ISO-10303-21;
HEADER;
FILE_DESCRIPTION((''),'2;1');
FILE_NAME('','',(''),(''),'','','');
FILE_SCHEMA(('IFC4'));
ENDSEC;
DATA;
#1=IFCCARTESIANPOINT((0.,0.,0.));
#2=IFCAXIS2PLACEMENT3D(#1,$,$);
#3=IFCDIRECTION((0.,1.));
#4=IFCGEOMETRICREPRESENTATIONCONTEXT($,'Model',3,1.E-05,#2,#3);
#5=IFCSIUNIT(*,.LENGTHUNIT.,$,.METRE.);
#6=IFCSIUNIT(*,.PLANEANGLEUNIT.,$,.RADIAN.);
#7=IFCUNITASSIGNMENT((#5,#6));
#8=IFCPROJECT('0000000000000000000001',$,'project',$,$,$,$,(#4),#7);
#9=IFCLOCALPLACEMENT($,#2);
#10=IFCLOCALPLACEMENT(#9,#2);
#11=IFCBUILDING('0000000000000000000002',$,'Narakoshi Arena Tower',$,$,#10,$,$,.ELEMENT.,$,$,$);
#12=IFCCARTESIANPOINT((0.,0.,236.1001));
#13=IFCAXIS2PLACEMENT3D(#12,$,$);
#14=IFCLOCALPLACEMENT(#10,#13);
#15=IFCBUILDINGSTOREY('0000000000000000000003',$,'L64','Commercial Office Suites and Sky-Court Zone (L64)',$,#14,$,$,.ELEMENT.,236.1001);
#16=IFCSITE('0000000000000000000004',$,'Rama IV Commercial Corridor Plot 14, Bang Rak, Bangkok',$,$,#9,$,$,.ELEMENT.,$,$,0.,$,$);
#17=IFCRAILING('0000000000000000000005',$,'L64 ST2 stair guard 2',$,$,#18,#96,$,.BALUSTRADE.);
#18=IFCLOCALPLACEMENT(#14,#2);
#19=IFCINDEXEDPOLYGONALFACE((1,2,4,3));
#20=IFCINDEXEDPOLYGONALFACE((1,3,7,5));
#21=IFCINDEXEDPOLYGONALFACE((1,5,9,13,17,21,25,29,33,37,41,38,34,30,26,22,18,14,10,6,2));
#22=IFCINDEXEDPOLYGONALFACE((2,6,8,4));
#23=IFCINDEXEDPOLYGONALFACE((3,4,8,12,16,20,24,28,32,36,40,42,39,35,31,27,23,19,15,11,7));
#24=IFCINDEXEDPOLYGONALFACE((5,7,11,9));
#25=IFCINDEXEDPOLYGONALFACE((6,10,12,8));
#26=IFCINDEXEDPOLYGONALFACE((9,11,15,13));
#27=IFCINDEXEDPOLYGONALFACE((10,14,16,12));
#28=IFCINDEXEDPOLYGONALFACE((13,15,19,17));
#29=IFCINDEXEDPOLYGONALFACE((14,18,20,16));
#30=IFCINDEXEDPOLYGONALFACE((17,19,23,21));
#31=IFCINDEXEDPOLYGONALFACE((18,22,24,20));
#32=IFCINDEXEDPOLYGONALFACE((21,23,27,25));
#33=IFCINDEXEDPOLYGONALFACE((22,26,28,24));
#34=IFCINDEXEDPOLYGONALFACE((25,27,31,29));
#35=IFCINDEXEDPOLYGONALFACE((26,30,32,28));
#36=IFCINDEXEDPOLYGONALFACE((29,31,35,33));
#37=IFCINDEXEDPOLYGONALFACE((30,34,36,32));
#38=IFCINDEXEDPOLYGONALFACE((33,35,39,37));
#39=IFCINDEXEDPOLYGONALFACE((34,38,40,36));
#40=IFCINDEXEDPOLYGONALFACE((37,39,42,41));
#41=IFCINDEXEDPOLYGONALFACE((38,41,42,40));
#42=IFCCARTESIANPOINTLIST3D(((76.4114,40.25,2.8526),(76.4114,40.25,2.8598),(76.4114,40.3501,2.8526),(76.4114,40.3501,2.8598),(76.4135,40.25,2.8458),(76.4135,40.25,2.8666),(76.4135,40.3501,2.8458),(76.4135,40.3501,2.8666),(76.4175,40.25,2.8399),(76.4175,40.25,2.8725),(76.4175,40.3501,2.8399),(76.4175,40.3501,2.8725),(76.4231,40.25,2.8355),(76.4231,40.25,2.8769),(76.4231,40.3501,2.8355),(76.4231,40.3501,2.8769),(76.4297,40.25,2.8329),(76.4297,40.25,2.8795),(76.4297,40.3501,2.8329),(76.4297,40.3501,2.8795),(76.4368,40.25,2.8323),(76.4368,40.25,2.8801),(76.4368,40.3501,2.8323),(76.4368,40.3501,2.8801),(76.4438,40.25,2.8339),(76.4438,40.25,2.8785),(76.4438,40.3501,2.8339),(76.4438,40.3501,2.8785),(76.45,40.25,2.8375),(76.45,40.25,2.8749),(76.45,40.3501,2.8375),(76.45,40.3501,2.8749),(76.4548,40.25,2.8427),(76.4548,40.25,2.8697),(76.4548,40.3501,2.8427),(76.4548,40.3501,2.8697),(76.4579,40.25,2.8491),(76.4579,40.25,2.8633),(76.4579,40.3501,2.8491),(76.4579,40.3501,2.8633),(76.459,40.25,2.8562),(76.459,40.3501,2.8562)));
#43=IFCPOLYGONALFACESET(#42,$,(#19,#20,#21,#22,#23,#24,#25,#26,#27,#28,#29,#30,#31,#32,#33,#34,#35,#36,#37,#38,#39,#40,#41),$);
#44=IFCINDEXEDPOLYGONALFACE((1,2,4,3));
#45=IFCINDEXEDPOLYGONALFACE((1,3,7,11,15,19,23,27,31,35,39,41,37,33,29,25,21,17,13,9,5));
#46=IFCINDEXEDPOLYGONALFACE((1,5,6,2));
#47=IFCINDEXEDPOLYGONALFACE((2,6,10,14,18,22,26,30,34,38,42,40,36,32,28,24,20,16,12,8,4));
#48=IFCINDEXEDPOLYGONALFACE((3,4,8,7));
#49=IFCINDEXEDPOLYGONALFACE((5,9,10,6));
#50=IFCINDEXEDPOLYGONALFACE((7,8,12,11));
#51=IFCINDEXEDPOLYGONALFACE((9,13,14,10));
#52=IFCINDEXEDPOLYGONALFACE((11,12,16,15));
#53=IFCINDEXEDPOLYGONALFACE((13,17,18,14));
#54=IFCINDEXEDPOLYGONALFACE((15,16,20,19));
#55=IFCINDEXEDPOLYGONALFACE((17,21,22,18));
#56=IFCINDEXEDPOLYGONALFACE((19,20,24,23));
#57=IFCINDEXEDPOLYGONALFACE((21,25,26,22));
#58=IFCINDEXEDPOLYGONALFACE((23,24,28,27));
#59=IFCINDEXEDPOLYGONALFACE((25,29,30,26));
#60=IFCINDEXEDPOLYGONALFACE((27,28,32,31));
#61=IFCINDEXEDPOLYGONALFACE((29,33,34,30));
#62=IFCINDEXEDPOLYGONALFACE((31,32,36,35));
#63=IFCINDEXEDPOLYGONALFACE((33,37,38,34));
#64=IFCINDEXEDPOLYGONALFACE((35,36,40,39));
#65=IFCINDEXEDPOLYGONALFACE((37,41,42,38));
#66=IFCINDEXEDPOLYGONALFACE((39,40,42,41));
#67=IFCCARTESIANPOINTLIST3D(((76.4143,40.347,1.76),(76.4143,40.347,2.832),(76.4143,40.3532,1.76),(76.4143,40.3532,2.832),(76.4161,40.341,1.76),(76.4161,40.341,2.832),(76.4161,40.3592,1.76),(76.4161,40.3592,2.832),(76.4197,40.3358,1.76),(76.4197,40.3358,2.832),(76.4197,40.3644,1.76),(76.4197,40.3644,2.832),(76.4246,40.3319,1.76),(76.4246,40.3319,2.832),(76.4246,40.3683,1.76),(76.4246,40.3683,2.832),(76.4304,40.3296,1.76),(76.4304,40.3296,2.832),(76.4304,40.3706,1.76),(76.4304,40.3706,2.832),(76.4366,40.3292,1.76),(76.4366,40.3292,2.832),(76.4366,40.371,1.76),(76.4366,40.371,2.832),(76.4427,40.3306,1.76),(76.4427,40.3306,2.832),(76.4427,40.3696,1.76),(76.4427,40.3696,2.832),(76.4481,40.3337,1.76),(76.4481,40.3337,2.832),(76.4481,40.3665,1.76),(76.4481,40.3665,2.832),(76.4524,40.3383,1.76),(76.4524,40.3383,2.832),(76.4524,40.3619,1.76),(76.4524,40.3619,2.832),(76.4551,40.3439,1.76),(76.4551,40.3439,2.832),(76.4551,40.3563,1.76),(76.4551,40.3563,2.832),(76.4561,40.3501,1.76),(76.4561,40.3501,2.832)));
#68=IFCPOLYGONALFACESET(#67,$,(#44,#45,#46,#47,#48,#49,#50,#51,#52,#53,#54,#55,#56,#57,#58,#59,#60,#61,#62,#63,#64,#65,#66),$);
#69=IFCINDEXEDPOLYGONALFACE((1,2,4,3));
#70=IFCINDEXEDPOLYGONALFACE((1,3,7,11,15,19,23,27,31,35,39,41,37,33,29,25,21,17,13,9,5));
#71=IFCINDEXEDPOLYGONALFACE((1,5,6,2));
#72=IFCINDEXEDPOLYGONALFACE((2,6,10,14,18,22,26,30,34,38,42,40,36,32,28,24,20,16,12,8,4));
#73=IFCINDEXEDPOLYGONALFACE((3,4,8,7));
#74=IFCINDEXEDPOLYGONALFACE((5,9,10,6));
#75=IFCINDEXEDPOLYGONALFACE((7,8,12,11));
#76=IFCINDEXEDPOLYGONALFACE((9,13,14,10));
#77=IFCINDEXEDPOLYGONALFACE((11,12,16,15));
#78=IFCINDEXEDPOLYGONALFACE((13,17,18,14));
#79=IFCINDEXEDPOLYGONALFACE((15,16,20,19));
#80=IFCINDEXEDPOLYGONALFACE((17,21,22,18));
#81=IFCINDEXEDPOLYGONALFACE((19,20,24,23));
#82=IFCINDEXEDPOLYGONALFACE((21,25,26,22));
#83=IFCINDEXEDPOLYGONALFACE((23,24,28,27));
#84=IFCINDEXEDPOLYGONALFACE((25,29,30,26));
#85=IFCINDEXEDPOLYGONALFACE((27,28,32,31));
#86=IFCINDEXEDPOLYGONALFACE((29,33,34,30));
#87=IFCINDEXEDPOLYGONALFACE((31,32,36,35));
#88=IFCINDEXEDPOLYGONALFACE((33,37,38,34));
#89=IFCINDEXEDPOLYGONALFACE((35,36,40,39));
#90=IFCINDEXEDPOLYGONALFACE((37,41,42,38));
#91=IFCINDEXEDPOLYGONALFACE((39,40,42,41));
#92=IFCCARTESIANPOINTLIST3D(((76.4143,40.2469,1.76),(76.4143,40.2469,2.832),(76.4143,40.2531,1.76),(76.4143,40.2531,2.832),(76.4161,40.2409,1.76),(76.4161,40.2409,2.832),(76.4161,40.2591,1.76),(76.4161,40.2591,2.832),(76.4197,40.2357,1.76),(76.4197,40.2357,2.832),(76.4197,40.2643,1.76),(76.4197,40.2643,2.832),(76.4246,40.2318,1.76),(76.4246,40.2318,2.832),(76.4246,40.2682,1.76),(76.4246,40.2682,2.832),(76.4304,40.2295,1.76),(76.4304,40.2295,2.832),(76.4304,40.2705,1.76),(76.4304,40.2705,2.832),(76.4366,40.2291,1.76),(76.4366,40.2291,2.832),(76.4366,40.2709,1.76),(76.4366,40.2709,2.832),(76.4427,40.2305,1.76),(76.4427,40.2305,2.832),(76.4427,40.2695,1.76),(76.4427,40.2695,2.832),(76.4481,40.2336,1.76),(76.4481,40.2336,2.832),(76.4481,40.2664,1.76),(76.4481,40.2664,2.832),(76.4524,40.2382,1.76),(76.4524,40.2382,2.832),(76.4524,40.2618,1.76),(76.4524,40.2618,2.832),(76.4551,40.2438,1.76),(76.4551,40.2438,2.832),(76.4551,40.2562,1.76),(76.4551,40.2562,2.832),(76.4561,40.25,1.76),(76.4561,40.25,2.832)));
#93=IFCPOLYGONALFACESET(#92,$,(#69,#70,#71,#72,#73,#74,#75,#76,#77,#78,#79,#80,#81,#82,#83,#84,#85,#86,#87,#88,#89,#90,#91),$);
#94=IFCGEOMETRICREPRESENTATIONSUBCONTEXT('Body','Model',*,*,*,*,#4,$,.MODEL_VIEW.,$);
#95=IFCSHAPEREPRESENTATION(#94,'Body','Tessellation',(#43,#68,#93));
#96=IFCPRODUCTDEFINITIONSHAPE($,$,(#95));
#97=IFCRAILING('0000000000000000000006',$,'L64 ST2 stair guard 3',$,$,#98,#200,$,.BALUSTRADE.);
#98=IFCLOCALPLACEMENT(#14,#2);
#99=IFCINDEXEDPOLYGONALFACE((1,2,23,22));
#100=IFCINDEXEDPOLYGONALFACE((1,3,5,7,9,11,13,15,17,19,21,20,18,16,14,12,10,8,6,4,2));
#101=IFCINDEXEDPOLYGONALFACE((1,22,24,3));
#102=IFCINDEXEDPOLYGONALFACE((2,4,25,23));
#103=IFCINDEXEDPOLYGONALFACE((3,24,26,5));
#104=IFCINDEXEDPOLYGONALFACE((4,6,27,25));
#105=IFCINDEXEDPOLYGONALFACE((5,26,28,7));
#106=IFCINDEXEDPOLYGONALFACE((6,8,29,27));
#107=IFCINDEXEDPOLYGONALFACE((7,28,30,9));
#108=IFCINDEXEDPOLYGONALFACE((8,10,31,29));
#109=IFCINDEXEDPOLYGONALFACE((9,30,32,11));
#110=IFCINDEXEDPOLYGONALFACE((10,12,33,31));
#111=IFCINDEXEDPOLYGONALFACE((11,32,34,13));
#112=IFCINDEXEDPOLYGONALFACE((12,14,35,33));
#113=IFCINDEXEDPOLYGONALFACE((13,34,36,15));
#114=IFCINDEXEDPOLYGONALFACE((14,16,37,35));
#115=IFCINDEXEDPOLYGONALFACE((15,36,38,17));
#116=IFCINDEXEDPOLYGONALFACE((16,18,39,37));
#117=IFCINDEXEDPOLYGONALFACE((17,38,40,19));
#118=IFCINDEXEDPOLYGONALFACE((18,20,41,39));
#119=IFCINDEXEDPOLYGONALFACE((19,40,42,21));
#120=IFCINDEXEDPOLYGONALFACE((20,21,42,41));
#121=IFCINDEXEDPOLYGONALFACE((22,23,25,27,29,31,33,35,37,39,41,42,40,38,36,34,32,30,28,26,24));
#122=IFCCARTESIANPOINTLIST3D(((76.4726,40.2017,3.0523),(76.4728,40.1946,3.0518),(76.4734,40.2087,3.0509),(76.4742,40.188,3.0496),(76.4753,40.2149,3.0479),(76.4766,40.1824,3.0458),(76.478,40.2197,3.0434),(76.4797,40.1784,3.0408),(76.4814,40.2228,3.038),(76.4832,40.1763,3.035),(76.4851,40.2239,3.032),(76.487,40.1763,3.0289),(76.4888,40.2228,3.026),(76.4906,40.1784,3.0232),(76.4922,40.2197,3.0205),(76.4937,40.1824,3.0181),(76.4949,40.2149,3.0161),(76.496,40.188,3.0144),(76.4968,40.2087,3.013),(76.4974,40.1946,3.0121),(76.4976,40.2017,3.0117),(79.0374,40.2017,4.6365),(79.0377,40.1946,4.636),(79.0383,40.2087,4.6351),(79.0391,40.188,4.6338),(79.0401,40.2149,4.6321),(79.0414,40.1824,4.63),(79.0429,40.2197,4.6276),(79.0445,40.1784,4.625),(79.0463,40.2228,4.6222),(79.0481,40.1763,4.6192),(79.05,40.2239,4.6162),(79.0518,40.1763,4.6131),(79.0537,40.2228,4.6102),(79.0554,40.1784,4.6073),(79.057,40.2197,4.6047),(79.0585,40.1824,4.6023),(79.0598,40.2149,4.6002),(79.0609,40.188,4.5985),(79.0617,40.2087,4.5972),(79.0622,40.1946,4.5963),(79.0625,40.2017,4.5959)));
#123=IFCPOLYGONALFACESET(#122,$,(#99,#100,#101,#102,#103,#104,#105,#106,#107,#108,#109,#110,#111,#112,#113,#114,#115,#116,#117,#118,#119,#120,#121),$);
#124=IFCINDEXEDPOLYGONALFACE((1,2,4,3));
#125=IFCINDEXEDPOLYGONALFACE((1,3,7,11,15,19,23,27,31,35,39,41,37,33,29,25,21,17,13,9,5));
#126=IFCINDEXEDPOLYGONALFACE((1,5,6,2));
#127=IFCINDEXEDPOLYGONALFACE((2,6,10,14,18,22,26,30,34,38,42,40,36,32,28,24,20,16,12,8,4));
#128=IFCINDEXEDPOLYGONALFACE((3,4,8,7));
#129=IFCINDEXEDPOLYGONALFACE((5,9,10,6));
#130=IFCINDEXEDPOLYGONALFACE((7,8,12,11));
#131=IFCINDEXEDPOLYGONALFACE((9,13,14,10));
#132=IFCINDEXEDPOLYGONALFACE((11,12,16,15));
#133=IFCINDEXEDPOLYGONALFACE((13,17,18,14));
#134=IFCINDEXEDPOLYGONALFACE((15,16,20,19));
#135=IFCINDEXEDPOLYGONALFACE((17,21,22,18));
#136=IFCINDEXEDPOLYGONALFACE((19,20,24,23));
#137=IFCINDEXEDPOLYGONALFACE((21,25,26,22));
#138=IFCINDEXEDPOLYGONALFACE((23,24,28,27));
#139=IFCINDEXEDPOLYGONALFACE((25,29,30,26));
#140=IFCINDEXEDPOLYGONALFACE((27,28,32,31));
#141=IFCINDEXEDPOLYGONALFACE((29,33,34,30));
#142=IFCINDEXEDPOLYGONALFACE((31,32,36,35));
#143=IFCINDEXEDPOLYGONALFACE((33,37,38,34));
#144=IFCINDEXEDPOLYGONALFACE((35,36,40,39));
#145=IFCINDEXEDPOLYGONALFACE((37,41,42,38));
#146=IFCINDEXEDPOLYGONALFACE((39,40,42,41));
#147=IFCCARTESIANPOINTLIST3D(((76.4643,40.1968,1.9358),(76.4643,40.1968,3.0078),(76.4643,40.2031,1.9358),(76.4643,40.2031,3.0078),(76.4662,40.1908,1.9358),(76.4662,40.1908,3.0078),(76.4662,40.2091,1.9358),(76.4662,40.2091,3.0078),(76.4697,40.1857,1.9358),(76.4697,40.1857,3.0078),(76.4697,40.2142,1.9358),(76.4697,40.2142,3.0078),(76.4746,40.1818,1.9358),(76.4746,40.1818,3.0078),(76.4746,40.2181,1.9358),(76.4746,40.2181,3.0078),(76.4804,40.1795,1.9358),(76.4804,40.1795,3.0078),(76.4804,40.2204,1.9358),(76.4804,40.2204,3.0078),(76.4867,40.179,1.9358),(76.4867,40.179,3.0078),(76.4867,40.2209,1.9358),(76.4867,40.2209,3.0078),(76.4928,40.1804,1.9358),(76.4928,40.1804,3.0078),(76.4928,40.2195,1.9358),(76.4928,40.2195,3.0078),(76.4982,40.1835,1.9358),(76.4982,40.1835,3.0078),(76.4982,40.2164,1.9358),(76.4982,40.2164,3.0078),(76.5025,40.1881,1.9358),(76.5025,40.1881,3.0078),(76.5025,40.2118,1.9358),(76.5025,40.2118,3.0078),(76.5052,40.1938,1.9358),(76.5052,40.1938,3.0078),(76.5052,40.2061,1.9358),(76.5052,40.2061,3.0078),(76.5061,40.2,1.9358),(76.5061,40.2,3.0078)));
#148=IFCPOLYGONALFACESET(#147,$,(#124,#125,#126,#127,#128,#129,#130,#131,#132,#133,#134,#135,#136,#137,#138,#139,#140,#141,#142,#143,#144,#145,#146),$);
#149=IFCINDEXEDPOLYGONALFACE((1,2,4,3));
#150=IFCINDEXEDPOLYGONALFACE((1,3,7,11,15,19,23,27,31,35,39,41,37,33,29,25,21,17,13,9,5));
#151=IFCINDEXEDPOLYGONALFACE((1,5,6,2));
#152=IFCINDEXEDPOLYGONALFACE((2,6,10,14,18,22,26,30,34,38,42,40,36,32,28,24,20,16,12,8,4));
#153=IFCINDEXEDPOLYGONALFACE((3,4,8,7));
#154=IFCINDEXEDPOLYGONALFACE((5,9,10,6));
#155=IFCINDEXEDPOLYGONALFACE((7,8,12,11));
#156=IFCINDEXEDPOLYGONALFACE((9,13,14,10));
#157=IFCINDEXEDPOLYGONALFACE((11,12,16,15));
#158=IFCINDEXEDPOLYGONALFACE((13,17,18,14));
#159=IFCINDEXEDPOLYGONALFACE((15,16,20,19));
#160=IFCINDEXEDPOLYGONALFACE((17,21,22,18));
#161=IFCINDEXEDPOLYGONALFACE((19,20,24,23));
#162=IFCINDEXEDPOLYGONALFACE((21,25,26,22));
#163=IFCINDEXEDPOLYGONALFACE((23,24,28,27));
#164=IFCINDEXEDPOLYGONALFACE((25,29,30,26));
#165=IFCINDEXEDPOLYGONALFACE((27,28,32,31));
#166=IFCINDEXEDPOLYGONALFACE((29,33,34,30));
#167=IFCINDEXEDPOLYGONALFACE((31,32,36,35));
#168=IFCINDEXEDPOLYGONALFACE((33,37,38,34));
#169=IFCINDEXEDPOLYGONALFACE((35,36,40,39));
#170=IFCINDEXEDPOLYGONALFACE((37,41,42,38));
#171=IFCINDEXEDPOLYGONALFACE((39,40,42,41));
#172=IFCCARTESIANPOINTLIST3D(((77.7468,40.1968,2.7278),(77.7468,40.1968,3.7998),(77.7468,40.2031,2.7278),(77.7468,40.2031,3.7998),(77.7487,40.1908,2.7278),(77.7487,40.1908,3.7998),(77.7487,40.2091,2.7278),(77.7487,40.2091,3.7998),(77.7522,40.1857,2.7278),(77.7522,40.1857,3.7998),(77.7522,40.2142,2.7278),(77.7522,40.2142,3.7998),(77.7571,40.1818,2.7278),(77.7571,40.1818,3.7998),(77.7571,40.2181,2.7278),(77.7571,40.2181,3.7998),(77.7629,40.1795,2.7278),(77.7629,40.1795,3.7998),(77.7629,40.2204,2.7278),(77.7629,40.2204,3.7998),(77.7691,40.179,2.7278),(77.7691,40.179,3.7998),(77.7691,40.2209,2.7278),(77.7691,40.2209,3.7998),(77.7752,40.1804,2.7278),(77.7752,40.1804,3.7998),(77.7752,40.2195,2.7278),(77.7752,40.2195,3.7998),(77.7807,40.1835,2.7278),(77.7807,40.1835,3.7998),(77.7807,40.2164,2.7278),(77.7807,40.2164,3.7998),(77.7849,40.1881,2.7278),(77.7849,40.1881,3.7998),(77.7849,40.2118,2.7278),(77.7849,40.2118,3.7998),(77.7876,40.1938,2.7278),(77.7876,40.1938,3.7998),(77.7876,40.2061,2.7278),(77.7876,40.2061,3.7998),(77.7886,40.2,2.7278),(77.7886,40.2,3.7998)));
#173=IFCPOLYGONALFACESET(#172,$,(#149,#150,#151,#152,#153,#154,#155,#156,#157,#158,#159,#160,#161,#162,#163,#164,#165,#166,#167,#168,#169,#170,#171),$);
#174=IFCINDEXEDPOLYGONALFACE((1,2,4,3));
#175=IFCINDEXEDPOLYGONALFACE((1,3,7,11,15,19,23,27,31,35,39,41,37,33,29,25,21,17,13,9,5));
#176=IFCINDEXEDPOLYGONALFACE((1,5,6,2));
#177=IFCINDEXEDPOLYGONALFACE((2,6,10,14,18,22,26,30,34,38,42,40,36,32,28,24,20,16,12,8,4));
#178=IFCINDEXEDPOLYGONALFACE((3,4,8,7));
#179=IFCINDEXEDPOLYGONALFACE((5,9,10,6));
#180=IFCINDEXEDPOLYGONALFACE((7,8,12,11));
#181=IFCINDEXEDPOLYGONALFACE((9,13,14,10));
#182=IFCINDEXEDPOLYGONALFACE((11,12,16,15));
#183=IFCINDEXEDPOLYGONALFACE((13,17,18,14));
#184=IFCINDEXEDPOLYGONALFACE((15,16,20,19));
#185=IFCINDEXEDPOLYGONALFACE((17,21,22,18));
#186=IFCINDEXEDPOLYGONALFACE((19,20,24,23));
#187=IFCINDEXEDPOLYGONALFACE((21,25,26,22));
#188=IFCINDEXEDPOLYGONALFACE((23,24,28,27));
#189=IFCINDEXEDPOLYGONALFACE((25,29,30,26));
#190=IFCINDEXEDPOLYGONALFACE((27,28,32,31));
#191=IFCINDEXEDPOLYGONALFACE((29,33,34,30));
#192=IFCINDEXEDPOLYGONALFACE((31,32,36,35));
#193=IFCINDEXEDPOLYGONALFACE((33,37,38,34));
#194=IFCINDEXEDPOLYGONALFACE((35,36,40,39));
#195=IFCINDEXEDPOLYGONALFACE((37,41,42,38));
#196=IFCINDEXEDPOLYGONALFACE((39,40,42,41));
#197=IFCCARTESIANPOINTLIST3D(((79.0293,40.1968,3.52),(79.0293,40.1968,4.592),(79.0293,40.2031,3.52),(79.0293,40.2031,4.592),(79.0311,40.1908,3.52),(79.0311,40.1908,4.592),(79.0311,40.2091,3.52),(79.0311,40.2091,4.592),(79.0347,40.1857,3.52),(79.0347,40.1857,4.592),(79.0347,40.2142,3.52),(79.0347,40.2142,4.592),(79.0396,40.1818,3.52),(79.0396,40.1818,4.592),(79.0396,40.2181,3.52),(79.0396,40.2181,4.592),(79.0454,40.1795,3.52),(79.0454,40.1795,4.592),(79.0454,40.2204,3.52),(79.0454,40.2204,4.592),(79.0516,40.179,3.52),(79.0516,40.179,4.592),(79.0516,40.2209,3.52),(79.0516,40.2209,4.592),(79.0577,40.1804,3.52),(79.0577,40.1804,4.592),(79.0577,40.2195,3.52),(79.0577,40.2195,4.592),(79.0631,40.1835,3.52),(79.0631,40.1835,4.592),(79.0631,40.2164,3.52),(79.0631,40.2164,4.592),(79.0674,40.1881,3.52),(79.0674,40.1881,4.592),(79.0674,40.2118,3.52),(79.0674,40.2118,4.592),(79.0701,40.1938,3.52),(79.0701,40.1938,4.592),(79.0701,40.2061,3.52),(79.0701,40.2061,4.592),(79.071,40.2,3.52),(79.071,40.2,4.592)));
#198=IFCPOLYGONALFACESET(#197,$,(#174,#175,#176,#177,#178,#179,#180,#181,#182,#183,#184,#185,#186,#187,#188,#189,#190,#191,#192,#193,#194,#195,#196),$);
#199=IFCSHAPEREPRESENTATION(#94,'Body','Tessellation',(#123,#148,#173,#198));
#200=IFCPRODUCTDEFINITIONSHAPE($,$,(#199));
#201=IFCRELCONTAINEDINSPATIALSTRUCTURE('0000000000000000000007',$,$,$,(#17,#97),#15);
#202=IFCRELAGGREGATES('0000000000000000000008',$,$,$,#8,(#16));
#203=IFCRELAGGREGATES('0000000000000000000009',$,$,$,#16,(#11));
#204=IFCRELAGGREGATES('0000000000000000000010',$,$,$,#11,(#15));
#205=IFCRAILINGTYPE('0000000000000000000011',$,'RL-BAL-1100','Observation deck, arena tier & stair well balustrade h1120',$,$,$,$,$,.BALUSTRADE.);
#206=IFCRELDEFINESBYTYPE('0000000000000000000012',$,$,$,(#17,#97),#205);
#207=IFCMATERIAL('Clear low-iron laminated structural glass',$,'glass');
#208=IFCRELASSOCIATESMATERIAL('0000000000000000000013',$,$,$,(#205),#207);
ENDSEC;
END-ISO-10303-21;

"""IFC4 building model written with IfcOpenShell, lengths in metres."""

from ifc_helpers import new_model, si_unit, direction, frame, origin, origin_2d, place, context, subcontext, project, spatial, circle, extrude, material, type_object, element, save


model = new_model("IFC4")

# Units and contexts
model_context = context("Model", 3, precision=1e-05, world=origin(), true_north=direction((0.0, 1.0)))
body_context = subcontext(model_context, "Body", "Model", "MODEL_VIEW")
ifc_project = project(units=[si_unit("LENGTHUNIT", "METRE"), si_unit("PLANEANGLEUNIT", "RADIAN")], contexts=[model_context])

# Site, building, storey
site_placement = place(None, origin())
site = spatial("IfcSite", under=ifc_project, at=site_placement, Name="Rama IV Commercial Corridor Plot 14, Bang Rak, Bangkok", CompositionType="ELEMENT", RefElevation=0.0)
building_placement = place(site_placement, origin())
building = spatial("IfcBuilding", under=site, at=building_placement, Name="Narakoshi Arena Tower", CompositionType="ELEMENT")
storey_placement = place(building_placement, frame((0.0, 0.0, 236.1001)))
storey = spatial("IfcBuildingStorey", under=building, at=storey_placement, Name="L64", Description="Commercial Office Suites and Sky-Court Zone (L64)", CompositionType="ELEMENT", Elevation=236.1001)

# Railings
ifc_material_1 = material(Name="Clear low-iron laminated structural glass", Category="glass")
railing_type_1 = type_object("IfcRailingType", Name="RL-BAL-1100", Description="Observation deck, arena tier & stair well balustrade h1120", PredefinedType="BALUSTRADE", material=ifc_material_1)
railing_1_placement = place(storey_placement, frame((76.4351, 40.3501, 1.76)))
element("IfcRailing", 1, at=railing_1_placement, inside=storey, type_object=railing_type_1, Name="L64 ST2 stair guard 2", PredefinedType="BALUSTRADE", context=body_context, shape_type="SweptSolid", body=[
    extrude(circle(Radius=0.0239, at=origin_2d()), frame((0.0, 0.0, 1.0962), z_axis=(0.0, -1.0, 0.0), x_axis=(1.0, 0.0, 0.0)), (0.0, 0.0, 1.0), 0.1001),
    extrude(circle(Radius=0.021, at=origin_2d()), origin(), (0.0, 0.0, 1.0), 1.072),
    extrude(circle(Radius=0.021, at=origin_2d()), frame((0.0, -0.1001, 0.0)), (0.0, 0.0, 1.0), 1.072),
])
railing_2_placement = place(storey_placement, frame((76.4851, 40.2, 1.9358)))
element("IfcRailing", 2, at=railing_2_placement, inside=storey, type_object=railing_type_1, Name="L64 ST2 stair guard 3", PredefinedType="BALUSTRADE", context=body_context, shape_type="SweptSolid", body=[
    extrude(circle(Radius=0.0239, at=origin_2d()), frame((0.0, 0.0, 1.0962), z_axis=(0.850798, 0.0, 0.525493), x_axis=(0.0, 1.0, 0.0)), (0.0, 0.0, 1.0), 3.0146),
    extrude(circle(Radius=0.021, at=origin_2d()), origin(), (0.0, 0.0, 1.0), 1.072),
    extrude(circle(Radius=0.021, at=origin_2d()), frame((1.2825, 0.0, 0.792)), (0.0, 0.0, 1.0), 1.072),
    extrude(circle(Radius=0.021, at=origin_2d()), frame((2.5649, 0.0, 1.5842)), (0.0, 0.0, 1.0), 1.072),
])

save(model, "model.ifc")
